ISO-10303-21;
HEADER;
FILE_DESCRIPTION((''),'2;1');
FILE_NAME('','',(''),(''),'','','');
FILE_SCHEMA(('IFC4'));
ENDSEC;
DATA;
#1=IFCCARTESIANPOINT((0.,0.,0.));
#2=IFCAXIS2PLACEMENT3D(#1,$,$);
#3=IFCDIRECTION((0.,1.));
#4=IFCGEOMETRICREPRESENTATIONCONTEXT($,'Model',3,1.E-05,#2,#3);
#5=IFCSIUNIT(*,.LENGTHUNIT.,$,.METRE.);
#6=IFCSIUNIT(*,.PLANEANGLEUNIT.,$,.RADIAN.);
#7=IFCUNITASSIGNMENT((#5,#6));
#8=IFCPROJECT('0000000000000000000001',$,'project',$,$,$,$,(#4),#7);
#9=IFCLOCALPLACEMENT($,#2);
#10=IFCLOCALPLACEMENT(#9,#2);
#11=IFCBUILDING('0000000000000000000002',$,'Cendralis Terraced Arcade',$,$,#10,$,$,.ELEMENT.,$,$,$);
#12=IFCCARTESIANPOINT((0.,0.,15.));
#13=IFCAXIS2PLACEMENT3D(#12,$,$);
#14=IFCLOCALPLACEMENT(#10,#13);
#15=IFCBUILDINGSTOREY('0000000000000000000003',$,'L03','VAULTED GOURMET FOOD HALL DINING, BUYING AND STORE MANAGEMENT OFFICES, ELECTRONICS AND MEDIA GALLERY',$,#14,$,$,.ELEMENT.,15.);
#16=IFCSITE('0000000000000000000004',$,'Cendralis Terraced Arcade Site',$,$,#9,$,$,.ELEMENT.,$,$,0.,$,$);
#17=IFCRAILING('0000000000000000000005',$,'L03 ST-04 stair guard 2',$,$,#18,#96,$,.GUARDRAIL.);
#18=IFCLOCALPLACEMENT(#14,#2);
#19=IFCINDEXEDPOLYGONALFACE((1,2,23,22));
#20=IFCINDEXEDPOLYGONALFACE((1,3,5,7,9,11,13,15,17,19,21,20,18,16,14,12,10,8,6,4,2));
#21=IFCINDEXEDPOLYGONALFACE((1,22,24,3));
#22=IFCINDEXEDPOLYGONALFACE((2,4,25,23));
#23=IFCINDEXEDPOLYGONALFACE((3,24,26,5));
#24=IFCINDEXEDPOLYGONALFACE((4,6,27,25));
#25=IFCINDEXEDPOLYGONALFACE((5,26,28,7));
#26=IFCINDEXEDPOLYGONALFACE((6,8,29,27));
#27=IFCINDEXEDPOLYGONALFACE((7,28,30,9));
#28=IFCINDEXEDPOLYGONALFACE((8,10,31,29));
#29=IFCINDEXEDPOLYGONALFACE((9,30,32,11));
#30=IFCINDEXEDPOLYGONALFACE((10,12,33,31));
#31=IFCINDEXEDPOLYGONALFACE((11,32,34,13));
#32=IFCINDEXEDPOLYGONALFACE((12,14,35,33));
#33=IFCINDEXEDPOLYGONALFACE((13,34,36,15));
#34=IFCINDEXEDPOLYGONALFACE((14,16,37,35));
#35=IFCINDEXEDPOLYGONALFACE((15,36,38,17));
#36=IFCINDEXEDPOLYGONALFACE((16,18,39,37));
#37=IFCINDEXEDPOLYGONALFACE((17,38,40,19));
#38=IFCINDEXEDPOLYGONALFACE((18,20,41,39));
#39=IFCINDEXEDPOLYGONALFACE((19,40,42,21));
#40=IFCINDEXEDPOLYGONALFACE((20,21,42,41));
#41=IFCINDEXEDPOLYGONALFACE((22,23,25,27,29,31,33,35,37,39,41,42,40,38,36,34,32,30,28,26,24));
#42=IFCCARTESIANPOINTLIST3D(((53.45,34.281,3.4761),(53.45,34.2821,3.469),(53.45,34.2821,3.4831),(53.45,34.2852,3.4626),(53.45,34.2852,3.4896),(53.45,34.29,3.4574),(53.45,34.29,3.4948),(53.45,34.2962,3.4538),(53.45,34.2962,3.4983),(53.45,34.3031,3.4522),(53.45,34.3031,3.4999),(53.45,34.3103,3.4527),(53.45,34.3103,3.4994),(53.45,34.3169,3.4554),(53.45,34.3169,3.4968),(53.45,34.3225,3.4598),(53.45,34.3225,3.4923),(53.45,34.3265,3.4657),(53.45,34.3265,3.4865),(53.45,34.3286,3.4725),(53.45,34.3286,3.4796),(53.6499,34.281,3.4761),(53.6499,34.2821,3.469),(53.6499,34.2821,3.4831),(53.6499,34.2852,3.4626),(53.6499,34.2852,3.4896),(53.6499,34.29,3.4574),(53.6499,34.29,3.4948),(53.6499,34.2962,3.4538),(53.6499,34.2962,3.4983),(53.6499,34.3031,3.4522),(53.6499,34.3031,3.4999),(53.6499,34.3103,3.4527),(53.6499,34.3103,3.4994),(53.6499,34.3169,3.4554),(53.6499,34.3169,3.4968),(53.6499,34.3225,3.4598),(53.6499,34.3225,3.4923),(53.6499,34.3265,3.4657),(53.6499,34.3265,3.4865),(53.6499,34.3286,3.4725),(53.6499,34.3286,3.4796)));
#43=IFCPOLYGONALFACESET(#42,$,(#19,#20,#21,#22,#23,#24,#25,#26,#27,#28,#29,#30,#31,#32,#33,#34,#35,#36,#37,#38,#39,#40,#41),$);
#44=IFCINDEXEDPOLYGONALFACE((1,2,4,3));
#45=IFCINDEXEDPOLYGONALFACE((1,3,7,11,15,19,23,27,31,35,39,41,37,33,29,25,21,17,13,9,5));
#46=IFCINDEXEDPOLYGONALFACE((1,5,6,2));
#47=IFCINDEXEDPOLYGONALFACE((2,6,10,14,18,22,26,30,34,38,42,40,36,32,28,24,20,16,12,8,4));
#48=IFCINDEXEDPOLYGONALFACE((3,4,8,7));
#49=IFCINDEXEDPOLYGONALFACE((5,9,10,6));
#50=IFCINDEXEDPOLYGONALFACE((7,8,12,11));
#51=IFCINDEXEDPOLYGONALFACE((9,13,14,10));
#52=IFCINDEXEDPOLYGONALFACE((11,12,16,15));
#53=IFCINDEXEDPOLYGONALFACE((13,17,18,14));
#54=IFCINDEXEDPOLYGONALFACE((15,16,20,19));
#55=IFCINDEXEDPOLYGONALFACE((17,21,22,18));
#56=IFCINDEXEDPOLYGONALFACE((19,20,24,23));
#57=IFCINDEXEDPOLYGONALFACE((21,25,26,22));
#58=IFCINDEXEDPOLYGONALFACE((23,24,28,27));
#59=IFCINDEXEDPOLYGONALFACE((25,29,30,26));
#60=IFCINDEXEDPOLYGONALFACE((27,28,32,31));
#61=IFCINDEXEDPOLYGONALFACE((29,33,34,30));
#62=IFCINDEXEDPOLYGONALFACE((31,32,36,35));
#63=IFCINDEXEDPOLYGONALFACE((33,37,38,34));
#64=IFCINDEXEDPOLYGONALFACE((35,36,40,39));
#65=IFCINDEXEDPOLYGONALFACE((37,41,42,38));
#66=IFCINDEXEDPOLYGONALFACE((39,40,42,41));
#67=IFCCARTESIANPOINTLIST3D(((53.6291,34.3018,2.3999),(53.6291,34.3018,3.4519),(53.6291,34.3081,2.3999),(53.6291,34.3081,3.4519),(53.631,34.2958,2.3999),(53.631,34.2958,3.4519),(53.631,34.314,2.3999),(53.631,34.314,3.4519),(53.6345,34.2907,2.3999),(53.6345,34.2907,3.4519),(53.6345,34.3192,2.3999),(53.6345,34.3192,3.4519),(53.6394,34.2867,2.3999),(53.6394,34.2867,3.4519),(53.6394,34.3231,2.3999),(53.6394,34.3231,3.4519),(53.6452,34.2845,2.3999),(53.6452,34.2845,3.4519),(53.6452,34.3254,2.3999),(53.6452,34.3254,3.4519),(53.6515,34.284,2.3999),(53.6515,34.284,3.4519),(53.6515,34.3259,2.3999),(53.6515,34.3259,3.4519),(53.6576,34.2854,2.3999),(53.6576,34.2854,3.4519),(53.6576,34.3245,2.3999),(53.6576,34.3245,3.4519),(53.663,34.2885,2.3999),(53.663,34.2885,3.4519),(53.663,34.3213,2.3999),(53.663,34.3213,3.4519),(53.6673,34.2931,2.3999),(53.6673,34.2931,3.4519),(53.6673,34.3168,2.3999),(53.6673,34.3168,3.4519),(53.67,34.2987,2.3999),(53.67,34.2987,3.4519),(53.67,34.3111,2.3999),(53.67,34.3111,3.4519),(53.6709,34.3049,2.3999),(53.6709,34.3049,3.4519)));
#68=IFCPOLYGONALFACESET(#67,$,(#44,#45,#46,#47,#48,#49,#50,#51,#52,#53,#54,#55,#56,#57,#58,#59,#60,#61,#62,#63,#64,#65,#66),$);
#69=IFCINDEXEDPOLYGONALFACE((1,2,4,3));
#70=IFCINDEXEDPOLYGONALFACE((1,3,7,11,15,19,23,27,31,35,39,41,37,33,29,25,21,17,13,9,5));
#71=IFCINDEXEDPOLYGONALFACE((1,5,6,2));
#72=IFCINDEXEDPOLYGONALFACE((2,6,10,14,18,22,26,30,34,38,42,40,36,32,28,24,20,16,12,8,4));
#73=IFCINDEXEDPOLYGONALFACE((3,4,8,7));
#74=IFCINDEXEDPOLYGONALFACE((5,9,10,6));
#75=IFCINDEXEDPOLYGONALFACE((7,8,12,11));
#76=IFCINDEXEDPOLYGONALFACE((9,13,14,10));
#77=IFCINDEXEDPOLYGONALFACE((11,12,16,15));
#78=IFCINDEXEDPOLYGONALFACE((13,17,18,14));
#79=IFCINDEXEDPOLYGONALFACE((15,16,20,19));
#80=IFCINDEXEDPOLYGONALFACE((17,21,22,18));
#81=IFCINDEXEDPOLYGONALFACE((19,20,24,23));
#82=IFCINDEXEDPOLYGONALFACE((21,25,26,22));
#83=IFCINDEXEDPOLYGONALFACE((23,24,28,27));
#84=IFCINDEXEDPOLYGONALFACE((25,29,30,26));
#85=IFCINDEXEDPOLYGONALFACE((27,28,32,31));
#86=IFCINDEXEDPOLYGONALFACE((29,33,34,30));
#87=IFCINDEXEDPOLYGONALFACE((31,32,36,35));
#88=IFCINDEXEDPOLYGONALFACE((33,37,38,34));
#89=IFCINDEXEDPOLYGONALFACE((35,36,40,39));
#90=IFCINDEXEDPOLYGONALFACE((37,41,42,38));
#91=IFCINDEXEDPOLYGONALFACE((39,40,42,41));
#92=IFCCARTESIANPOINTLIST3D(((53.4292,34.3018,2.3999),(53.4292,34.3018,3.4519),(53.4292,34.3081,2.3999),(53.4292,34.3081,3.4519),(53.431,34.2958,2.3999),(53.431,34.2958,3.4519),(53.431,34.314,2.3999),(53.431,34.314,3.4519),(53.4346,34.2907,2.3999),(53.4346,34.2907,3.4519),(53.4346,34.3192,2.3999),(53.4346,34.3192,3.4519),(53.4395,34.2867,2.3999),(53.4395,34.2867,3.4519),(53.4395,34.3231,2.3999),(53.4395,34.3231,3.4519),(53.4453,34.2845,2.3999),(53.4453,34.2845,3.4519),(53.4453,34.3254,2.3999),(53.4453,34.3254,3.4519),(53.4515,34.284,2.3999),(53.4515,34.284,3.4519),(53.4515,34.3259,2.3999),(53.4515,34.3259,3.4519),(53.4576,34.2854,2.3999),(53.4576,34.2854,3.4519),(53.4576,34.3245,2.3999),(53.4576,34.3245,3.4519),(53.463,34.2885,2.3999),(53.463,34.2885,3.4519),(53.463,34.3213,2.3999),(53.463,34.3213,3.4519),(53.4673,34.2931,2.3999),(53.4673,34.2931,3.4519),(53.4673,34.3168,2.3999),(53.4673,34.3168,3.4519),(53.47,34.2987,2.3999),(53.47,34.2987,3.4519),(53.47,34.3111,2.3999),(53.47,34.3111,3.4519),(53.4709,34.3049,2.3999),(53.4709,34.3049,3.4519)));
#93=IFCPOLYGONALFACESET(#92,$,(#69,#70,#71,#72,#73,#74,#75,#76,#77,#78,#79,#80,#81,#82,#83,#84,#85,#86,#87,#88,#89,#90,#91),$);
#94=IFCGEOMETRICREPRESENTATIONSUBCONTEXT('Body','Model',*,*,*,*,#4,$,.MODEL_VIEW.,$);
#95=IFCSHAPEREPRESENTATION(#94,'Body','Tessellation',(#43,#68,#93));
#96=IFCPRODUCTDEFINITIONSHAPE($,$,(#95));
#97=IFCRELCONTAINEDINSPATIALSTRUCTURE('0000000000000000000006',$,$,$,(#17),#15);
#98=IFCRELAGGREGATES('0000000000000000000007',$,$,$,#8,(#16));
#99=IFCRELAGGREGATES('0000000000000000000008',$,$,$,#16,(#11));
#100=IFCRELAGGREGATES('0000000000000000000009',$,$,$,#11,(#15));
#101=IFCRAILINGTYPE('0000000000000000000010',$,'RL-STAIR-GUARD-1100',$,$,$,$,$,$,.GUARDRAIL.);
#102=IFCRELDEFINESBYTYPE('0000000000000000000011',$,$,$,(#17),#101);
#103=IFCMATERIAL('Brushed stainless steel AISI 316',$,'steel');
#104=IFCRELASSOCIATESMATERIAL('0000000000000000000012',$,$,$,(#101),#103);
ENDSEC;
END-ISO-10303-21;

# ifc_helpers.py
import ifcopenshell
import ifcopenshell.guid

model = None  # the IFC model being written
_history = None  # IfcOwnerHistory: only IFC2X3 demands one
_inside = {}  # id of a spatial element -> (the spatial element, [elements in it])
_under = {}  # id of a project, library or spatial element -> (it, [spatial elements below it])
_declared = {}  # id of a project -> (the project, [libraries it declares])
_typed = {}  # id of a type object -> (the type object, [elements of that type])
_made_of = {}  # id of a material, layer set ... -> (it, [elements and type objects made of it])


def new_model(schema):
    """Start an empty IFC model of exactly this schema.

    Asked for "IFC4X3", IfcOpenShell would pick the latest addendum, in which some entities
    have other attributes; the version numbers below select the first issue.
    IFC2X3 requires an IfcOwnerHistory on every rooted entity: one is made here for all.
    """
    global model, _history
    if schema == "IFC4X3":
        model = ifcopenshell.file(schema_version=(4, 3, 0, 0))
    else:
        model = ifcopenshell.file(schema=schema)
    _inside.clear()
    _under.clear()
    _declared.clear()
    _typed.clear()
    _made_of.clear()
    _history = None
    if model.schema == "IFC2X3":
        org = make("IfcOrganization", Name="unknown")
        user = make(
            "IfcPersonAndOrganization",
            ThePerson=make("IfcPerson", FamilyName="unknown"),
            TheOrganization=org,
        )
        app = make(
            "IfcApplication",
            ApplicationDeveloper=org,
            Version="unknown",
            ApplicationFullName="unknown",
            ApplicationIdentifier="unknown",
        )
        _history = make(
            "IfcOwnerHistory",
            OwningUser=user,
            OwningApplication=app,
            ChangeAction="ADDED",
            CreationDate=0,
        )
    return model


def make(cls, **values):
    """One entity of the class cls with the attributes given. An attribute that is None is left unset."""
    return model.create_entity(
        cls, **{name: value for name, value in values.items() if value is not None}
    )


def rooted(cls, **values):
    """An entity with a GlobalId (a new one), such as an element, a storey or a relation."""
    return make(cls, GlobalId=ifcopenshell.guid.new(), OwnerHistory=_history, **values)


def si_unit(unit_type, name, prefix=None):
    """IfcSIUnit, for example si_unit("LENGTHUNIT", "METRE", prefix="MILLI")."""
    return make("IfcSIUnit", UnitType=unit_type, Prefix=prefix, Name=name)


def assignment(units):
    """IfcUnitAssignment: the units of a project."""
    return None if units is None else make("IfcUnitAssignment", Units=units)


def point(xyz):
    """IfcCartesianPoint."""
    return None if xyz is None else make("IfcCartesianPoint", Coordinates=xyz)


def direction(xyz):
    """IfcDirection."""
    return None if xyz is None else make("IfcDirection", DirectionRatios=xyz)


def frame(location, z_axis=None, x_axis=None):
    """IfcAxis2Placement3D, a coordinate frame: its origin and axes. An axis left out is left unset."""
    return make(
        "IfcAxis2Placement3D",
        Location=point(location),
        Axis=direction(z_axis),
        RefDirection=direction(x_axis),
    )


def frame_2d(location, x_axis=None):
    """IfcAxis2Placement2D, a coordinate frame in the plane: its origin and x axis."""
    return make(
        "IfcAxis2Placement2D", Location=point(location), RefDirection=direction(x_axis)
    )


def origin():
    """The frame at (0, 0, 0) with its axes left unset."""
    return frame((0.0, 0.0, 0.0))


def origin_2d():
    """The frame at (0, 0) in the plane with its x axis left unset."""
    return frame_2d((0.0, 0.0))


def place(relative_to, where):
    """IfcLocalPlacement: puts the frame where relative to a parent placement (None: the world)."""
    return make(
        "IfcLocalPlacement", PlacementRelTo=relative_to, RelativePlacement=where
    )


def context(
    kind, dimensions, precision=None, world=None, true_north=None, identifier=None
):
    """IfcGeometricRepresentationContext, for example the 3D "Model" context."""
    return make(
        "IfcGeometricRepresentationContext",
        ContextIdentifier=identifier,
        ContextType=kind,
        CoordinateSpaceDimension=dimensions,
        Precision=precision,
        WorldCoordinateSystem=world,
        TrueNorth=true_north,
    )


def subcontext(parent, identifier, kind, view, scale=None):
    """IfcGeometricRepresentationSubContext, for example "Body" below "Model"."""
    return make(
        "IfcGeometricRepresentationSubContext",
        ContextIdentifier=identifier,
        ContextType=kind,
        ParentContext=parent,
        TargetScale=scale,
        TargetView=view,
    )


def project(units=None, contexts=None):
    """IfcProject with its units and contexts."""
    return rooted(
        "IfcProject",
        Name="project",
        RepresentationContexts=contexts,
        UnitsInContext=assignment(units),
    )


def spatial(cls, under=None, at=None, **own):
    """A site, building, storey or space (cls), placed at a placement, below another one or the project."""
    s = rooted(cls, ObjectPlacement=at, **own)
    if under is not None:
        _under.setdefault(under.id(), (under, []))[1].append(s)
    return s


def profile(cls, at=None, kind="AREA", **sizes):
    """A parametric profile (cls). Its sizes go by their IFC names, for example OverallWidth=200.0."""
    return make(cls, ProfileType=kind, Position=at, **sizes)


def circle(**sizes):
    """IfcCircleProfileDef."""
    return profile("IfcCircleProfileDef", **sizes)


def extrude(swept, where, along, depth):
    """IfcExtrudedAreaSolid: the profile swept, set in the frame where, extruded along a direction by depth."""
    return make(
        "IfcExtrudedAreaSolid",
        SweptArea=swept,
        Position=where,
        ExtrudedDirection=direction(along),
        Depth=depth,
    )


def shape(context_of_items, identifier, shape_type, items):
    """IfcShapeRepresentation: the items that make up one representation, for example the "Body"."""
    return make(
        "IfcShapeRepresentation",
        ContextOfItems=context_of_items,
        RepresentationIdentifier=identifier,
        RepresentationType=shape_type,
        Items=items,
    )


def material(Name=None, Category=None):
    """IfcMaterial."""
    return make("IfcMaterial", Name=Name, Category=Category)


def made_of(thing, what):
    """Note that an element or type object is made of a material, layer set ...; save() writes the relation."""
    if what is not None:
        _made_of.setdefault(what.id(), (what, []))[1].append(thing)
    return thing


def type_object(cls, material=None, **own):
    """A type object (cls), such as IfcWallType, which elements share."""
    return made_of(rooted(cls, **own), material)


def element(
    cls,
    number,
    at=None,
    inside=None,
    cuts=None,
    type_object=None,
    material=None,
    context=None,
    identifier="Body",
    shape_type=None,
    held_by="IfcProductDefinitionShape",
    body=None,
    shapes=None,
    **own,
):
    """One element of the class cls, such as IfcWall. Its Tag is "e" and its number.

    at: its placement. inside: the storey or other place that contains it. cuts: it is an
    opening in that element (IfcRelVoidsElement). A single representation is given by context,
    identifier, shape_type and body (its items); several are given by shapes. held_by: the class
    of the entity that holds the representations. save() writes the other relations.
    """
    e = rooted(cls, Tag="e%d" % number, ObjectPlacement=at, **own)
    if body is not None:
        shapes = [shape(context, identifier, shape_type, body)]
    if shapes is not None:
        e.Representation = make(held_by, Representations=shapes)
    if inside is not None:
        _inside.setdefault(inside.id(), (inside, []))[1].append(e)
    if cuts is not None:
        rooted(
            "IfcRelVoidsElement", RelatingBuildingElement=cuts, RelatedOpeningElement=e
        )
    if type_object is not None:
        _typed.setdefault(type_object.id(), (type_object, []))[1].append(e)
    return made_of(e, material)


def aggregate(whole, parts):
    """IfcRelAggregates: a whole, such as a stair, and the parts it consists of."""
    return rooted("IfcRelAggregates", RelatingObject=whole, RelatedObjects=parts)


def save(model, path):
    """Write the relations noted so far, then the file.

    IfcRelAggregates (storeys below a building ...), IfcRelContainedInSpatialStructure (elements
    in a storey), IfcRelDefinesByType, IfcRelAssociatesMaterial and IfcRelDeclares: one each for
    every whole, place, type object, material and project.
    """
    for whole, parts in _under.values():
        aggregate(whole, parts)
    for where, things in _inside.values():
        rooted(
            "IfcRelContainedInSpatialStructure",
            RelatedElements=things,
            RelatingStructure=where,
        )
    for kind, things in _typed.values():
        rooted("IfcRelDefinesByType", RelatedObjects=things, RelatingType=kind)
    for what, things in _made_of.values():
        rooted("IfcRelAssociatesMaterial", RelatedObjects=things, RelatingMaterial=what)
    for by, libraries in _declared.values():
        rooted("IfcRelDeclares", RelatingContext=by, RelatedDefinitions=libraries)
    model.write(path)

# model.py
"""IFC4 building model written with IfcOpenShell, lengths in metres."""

from ifc_helpers import new_model, si_unit, direction, frame, origin, origin_2d, place, context, subcontext, project, spatial, circle, extrude, material, type_object, element, save


model = new_model("IFC4")

# Units and contexts
model_context = context("Model", 3, precision=1e-05, world=origin(), true_north=direction((0.0, 1.0)))
body_context = subcontext(model_context, "Body", "Model", "MODEL_VIEW")
ifc_project = project(units=[si_unit("LENGTHUNIT", "METRE"), si_unit("PLANEANGLEUNIT", "RADIAN")], contexts=[model_context])

# Site, building, storey
site_placement = place(None, origin())
site = spatial("IfcSite", under=ifc_project, at=site_placement, Name="Cendralis Terraced Arcade Site", CompositionType="ELEMENT", RefElevation=0.0)
building_placement = place(site_placement, origin())
building = spatial("IfcBuilding", under=site, at=building_placement, Name="Cendralis Terraced Arcade", CompositionType="ELEMENT")
storey_placement = place(building_placement, frame((0.0, 0.0, 15.0)))
storey = spatial("IfcBuildingStorey", under=building, at=storey_placement, Name="L03", Description="VAULTED GOURMET FOOD HALL DINING, BUYING AND STORE MANAGEMENT OFFICES, ELECTRONICS AND MEDIA GALLERY", CompositionType="ELEMENT", Elevation=15.0)

# Railing
ifc_material_1 = material(Name="Brushed stainless steel AISI 316", Category="steel")
railing_type_1 = type_object("IfcRailingType", Name="RL-STAIR-GUARD-1100", PredefinedType="GUARDRAIL", material=ifc_material_1)
railing_1_placement = place(storey_placement, frame((53.6499, 34.3049, 2.3999)))
element("IfcRailing", 1, at=railing_1_placement, inside=storey, type_object=railing_type_1, Name="L03 ST-04 stair guard 2", PredefinedType="GUARDRAIL", context=body_context, shape_type="SweptSolid", body=[
    extrude(circle(Radius=0.0239, at=origin_2d()), frame((0.0, 0.0, 1.0762), z_axis=(-1.0, 0.0, 0.0), x_axis=(0.0, -1.0, 0.0)), (0.0, 0.0, 1.0), 0.2),
    extrude(circle(Radius=0.021, at=origin_2d()), origin(), (0.0, 0.0, 1.0), 1.052),
    extrude(circle(Radius=0.021, at=origin_2d()), frame((-0.2, 0.0, 0.0)), (0.0, 0.0, 1.0), 1.052),
])

save(model, "model.ifc")
